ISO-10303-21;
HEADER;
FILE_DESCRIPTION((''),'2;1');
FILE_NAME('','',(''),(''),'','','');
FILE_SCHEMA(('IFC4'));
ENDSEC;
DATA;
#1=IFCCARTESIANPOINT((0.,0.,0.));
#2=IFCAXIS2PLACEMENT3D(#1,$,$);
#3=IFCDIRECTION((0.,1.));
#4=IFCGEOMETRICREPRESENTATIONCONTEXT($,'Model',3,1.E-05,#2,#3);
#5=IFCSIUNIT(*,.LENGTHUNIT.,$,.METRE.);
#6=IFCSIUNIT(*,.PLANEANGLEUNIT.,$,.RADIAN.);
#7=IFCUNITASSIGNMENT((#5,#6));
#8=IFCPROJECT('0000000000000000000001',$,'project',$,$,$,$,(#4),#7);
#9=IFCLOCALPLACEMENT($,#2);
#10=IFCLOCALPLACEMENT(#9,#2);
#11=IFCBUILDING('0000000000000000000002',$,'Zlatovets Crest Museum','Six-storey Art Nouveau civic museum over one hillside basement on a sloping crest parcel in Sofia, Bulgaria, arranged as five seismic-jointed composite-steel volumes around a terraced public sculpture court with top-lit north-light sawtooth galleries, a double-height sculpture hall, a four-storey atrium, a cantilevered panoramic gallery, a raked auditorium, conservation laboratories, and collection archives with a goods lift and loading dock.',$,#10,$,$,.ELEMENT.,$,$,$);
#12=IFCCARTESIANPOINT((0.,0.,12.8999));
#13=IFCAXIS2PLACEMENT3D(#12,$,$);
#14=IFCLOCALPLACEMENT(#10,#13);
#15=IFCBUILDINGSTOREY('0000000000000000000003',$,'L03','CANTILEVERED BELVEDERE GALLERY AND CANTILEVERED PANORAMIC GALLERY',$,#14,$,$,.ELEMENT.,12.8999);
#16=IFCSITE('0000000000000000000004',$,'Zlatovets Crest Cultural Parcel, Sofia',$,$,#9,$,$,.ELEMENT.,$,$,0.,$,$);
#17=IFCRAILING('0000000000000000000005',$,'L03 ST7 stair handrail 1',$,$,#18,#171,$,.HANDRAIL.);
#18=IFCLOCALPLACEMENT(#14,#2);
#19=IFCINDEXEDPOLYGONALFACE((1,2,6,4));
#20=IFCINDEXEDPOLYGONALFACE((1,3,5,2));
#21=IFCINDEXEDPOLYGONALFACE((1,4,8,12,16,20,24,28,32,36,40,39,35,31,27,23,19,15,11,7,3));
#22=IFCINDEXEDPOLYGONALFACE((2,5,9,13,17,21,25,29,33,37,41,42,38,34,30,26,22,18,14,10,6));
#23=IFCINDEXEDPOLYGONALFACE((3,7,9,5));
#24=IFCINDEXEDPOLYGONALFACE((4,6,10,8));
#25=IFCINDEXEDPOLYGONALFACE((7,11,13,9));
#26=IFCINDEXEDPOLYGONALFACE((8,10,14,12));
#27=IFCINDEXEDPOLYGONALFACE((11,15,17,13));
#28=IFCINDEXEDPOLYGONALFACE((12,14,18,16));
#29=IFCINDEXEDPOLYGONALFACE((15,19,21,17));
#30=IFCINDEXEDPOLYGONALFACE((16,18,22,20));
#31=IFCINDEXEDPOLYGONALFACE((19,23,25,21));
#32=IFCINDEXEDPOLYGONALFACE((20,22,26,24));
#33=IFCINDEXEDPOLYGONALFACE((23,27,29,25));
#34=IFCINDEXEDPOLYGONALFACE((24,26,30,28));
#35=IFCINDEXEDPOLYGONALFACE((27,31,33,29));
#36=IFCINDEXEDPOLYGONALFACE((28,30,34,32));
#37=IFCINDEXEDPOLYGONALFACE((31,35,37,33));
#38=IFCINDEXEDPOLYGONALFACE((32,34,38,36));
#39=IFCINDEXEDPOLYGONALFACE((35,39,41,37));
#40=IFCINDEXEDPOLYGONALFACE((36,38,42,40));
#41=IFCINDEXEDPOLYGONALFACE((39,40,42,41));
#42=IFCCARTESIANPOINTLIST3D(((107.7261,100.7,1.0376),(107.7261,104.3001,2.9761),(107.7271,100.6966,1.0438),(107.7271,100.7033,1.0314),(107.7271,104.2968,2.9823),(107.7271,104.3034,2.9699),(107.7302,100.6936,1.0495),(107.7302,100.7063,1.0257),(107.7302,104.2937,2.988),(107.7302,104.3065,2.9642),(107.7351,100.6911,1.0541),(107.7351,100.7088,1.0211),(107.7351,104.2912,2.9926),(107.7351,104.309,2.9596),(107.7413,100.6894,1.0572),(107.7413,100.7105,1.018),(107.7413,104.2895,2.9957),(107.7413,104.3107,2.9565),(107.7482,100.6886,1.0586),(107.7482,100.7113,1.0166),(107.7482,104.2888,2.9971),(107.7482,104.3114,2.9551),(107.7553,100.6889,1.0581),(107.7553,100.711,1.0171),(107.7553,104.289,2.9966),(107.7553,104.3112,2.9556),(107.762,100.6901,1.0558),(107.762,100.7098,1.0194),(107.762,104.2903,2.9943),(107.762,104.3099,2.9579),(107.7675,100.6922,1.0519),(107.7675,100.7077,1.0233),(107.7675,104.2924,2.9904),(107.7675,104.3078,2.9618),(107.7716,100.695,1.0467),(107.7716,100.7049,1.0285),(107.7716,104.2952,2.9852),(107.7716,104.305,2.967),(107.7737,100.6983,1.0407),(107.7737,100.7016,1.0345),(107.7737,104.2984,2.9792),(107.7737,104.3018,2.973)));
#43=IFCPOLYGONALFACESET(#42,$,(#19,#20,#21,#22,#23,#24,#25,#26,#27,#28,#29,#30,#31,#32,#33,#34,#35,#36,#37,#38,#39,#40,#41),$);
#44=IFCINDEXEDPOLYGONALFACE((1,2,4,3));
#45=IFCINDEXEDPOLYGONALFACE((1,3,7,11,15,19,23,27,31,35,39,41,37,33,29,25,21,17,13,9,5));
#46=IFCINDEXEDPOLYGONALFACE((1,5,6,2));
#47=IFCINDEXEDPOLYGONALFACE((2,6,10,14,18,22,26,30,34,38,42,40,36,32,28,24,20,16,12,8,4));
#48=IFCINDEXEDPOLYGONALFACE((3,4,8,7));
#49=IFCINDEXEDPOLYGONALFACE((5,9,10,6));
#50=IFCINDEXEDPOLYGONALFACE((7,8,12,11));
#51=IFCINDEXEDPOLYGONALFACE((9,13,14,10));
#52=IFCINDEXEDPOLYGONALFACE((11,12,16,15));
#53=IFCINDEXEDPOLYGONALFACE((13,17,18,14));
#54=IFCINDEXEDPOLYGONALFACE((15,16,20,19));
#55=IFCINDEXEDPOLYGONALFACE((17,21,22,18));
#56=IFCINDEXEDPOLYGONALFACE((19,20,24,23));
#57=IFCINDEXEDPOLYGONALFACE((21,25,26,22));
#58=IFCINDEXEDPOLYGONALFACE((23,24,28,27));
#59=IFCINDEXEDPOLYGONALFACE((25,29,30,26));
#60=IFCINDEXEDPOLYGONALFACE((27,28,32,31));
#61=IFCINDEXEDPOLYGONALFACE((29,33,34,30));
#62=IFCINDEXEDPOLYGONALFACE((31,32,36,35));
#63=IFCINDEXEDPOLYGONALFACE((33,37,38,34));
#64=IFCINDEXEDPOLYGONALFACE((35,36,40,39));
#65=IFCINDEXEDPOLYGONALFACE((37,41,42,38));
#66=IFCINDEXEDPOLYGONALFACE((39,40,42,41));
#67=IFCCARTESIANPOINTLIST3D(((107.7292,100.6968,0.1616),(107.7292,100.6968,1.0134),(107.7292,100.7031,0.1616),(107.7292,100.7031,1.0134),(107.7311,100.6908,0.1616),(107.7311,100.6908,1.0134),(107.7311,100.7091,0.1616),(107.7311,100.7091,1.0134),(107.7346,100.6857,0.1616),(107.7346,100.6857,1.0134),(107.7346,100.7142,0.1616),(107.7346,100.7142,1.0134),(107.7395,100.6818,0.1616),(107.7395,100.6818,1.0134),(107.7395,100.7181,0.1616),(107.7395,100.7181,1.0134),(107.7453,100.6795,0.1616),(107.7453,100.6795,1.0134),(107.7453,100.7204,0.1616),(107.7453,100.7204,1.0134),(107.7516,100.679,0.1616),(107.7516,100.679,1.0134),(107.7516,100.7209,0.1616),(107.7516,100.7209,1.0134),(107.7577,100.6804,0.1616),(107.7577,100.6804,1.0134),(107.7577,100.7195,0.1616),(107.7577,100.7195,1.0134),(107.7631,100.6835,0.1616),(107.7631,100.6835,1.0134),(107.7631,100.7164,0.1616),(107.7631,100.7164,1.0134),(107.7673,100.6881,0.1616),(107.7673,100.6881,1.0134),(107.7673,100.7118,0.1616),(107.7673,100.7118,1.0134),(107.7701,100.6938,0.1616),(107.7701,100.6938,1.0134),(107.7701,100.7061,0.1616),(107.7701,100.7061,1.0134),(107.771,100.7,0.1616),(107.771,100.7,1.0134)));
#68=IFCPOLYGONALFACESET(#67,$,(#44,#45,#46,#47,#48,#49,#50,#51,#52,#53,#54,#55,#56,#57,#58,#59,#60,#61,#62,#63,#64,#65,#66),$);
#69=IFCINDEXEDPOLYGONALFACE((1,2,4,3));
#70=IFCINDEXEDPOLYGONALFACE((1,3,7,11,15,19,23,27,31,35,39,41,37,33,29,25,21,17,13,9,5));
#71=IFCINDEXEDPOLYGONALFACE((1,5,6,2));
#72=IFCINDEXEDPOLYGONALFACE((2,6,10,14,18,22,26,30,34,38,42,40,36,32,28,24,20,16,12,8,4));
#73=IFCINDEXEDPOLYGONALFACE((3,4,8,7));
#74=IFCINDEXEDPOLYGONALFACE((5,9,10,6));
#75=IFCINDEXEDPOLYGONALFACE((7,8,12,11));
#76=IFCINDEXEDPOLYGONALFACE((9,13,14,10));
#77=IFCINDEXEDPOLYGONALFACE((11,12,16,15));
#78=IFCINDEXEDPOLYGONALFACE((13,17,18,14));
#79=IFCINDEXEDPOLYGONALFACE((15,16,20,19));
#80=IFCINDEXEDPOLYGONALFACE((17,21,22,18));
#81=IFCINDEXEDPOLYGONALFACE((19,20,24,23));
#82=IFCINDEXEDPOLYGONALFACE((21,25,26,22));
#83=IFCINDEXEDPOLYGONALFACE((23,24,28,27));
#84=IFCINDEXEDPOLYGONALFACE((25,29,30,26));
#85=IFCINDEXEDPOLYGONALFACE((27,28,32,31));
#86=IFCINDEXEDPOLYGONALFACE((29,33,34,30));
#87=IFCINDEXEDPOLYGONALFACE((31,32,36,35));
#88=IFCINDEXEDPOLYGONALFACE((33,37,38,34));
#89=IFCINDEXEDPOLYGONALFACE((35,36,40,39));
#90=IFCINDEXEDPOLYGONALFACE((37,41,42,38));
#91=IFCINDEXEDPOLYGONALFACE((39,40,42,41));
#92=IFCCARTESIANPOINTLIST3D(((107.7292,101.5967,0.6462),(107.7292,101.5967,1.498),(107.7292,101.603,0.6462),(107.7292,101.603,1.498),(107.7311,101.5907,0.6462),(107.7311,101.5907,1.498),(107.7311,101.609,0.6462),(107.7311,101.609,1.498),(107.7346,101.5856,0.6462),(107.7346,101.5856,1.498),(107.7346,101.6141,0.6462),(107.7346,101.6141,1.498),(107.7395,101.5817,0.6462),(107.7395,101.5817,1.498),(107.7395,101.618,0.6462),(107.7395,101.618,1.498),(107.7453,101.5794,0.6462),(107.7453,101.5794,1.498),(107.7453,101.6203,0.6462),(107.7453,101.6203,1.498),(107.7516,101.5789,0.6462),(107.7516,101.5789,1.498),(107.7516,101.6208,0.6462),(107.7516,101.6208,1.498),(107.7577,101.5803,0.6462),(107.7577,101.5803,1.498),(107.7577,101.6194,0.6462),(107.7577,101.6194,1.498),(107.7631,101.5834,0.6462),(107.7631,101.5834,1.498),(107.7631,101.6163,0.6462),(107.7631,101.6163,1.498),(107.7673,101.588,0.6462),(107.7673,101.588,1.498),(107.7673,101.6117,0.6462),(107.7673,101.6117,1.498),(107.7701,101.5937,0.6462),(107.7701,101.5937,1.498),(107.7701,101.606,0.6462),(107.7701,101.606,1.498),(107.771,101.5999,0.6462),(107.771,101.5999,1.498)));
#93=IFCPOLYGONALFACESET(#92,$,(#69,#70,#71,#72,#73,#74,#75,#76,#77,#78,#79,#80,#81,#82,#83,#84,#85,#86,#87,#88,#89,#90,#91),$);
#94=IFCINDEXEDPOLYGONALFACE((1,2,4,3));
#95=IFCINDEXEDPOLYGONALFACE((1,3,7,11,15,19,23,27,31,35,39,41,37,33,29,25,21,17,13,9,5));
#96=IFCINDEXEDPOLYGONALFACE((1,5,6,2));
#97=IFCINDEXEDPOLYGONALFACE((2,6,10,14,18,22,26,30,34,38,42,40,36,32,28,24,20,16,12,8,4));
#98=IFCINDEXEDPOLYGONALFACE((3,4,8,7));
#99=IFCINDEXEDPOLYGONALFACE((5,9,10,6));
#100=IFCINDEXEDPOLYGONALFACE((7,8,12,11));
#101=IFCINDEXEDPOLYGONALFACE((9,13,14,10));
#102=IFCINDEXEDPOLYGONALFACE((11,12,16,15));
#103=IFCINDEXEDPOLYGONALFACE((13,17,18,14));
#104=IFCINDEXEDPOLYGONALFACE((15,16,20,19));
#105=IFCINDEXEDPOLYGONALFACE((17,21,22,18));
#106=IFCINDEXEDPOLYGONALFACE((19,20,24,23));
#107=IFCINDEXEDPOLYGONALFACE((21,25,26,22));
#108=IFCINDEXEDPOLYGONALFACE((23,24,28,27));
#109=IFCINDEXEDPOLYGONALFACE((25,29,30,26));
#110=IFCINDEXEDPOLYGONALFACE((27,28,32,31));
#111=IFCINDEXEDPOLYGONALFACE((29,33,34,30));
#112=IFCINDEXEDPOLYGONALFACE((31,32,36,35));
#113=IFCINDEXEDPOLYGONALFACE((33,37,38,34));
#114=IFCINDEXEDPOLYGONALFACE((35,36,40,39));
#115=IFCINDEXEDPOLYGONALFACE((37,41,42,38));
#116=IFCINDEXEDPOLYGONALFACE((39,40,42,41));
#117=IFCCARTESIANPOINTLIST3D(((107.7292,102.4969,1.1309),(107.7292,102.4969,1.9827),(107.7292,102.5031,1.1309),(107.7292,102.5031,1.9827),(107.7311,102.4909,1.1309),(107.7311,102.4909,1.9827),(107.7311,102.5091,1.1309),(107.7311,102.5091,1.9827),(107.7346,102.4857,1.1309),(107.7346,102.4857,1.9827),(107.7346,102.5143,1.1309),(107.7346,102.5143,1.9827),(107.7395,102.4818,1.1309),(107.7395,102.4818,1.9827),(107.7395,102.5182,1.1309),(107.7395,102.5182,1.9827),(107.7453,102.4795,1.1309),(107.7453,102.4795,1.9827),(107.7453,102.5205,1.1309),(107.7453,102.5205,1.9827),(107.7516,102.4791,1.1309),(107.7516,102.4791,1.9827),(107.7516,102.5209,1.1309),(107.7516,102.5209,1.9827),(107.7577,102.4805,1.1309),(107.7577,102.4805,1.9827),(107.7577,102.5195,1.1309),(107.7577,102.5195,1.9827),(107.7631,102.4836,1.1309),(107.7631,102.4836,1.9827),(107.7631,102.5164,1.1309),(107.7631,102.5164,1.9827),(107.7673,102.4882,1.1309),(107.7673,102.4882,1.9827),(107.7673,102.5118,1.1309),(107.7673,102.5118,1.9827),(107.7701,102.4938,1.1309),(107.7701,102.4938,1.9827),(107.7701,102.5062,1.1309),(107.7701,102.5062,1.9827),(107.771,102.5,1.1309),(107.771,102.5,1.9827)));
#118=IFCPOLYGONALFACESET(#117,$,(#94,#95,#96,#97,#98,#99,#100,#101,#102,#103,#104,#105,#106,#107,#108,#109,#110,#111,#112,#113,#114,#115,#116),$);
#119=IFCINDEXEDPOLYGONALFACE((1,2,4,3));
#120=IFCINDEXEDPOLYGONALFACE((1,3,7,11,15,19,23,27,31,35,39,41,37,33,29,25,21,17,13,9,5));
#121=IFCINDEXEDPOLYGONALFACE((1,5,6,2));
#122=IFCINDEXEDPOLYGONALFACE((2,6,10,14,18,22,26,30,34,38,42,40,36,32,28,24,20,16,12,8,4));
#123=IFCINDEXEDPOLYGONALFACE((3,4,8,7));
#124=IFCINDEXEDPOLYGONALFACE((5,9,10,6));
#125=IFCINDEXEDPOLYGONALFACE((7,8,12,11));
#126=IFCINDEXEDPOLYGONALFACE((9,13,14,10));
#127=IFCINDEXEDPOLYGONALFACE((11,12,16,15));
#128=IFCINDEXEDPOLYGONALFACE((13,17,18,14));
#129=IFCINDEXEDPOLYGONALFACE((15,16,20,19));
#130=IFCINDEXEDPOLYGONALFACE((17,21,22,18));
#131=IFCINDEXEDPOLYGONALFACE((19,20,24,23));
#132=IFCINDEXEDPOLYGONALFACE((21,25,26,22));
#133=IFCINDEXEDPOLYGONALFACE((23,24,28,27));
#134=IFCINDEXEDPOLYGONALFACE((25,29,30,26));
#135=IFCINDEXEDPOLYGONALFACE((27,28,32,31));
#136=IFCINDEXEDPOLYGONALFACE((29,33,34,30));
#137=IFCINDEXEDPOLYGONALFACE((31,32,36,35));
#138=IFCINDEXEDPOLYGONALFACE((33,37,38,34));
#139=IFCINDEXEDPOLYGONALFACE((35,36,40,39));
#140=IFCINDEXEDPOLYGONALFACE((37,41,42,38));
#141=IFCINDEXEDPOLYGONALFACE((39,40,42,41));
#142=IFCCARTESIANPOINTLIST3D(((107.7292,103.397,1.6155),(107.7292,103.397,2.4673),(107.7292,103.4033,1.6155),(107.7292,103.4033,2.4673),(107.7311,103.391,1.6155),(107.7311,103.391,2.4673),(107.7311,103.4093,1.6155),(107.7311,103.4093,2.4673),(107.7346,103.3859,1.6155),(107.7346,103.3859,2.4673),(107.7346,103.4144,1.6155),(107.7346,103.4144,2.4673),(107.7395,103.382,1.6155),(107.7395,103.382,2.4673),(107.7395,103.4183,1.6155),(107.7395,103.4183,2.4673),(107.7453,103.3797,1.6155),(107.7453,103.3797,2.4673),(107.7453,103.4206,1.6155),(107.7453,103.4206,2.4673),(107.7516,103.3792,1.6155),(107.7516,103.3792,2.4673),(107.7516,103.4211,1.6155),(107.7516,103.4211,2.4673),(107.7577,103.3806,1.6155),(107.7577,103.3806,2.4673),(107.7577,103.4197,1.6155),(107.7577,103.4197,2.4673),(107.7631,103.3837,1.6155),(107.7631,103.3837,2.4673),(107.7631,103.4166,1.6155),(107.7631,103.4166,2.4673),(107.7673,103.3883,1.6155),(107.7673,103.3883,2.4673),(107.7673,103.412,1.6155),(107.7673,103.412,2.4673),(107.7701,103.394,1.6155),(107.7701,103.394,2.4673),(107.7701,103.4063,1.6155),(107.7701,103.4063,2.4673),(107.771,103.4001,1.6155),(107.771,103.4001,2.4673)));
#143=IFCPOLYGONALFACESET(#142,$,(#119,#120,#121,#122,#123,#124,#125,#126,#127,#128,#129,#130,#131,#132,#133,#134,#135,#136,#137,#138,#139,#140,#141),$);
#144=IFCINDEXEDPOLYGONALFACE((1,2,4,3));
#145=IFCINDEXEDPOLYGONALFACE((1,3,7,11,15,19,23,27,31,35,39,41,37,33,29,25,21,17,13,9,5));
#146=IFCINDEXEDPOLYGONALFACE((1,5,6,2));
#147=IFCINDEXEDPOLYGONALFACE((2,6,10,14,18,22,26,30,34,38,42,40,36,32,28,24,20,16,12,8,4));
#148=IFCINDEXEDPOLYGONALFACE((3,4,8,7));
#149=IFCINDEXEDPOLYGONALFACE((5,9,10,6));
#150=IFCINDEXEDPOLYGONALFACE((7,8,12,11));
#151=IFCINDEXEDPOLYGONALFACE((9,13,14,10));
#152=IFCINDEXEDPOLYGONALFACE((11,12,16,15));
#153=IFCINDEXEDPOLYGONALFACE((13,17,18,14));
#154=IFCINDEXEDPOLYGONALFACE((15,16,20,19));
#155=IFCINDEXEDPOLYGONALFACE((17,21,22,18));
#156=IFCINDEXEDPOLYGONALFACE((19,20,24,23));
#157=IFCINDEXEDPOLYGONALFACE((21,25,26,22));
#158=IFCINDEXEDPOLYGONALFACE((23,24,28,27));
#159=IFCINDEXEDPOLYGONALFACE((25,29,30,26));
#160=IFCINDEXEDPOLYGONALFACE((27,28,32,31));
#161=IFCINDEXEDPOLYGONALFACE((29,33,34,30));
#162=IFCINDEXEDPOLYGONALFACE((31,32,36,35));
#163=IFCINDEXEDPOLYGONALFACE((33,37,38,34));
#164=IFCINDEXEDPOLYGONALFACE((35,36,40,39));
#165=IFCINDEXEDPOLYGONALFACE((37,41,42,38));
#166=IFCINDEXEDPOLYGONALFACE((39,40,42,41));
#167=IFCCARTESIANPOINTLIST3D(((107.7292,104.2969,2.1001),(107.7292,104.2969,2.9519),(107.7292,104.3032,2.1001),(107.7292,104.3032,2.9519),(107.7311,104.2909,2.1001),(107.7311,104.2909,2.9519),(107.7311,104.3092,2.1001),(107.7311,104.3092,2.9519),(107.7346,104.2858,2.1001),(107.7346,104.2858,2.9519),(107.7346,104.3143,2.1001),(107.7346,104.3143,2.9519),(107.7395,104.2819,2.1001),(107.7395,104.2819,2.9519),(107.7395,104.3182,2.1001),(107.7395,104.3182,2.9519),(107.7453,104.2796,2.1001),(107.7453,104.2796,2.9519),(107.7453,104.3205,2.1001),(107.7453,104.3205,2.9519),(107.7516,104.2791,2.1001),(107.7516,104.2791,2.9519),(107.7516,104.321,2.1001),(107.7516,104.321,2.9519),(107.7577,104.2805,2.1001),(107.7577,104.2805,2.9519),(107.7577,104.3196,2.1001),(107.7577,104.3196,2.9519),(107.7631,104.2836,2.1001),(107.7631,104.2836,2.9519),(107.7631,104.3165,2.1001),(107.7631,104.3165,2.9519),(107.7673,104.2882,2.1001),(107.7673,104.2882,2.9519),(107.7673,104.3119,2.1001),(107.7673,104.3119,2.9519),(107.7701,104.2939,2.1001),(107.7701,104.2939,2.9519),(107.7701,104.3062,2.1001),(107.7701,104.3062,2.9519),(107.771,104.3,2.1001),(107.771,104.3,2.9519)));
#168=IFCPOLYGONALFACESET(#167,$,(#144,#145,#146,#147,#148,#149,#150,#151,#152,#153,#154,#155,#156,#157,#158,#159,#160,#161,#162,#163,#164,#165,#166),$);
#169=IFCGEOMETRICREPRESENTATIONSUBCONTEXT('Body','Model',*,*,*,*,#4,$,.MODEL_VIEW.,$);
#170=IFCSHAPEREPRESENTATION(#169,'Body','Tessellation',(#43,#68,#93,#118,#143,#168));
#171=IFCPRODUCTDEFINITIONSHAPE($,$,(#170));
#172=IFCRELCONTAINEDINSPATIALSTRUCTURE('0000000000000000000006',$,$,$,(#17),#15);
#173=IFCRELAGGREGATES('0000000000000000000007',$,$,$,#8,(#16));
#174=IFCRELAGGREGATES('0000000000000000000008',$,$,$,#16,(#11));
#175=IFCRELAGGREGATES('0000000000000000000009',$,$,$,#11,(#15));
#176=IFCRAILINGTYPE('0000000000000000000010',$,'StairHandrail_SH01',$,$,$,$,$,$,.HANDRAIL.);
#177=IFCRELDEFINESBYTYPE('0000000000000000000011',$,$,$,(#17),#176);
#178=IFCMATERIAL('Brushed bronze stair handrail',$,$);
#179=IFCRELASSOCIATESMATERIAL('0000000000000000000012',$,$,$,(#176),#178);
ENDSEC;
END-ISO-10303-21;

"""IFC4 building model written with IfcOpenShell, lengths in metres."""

from ifc_helpers import new_model, si_unit, direction, frame, origin, origin_2d, place, context, subcontext, project, spatial, circle, extrude, material, type_object, element, save


model = new_model("IFC4")

# Units and contexts
model_context = context("Model", 3, precision=1e-05, world=origin(), true_north=direction((0.0, 1.0)))
body_context = subcontext(model_context, "Body", "Model", "MODEL_VIEW")
ifc_project = project(units=[si_unit("LENGTHUNIT", "METRE"), si_unit("PLANEANGLEUNIT", "RADIAN")], contexts=[model_context])

# Site, building, storey
site_placement = place(None, origin())
site = spatial("IfcSite", under=ifc_project, at=site_placement, Name="Zlatovets Crest Cultural Parcel, Sofia", CompositionType="ELEMENT", RefElevation=0.0)
building_placement = place(site_placement, origin())
building = spatial("IfcBuilding", under=site, at=building_placement, Name="Zlatovets Crest Museum", Description="Six-storey Art Nouveau civic museum over one hillside basement on a sloping crest parcel in Sofia, Bulgaria, arranged as five seismic-jointed composite-steel volumes around a terraced public sculpture court with top-lit north-light sawtooth galleries, a double-height sculpture hall, a four-storey atrium, a cantilevered panoramic gallery, a raked auditorium, conservation laboratories, and collection archives with a goods lift and loading dock.", CompositionType="ELEMENT")
storey_placement = place(building_placement, frame((0.0, 0.0, 12.8999)))
storey = spatial("IfcBuildingStorey", under=building, at=storey_placement, Name="L03", Description="CANTILEVERED BELVEDERE GALLERY AND CANTILEVERED PANORAMIC GALLERY", CompositionType="ELEMENT", Elevation=12.8999)

# Railing
ifc_material_1 = material(Name="Brushed bronze stair handrail")
railing_type_1 = type_object("IfcRailingType", Name="StairHandrail_SH01", PredefinedType="HANDRAIL", material=ifc_material_1)
railing_1_placement = place(storey_placement, frame((107.75, 100.7, 0.1616)))
element("IfcRailing", 1, at=railing_1_placement, inside=storey, type_object=railing_type_1, Name="L03 ST7 stair handrail 1", PredefinedType="HANDRAIL", context=body_context, shape_type="SweptSolid", body=[
    extrude(circle(Radius=0.0239, at=origin_2d()), frame((0.0, 0.0, 0.876), z_axis=(0.0, 0.880475, 0.474093), x_axis=(-1.0, 0.0, 0.0)), (0.0, 0.0, 1.0), 4.0889),
    extrude(circle(Radius=0.021, at=origin_2d()), origin(), (0.0, 0.0, 1.0), 0.8518),
    extrude(circle(Radius=0.021, at=origin_2d()), frame((0.0, 0.8999, 0.4846)), (0.0, 0.0, 1.0), 0.8518),
    extrude(circle(Radius=0.021, at=origin_2d()), frame((0.0, 1.8, 0.9692)), (0.0, 0.0, 1.0), 0.8518),
    extrude(circle(Radius=0.021, at=origin_2d()), frame((0.0, 2.7002, 1.4539)), (0.0, 0.0, 1.0), 0.8518),
    extrude(circle(Radius=0.021, at=origin_2d()), frame((0.0, 3.6001, 1.9385)), (0.0, 0.0, 1.0), 0.8518),
])

save(model, "model.ifc")
